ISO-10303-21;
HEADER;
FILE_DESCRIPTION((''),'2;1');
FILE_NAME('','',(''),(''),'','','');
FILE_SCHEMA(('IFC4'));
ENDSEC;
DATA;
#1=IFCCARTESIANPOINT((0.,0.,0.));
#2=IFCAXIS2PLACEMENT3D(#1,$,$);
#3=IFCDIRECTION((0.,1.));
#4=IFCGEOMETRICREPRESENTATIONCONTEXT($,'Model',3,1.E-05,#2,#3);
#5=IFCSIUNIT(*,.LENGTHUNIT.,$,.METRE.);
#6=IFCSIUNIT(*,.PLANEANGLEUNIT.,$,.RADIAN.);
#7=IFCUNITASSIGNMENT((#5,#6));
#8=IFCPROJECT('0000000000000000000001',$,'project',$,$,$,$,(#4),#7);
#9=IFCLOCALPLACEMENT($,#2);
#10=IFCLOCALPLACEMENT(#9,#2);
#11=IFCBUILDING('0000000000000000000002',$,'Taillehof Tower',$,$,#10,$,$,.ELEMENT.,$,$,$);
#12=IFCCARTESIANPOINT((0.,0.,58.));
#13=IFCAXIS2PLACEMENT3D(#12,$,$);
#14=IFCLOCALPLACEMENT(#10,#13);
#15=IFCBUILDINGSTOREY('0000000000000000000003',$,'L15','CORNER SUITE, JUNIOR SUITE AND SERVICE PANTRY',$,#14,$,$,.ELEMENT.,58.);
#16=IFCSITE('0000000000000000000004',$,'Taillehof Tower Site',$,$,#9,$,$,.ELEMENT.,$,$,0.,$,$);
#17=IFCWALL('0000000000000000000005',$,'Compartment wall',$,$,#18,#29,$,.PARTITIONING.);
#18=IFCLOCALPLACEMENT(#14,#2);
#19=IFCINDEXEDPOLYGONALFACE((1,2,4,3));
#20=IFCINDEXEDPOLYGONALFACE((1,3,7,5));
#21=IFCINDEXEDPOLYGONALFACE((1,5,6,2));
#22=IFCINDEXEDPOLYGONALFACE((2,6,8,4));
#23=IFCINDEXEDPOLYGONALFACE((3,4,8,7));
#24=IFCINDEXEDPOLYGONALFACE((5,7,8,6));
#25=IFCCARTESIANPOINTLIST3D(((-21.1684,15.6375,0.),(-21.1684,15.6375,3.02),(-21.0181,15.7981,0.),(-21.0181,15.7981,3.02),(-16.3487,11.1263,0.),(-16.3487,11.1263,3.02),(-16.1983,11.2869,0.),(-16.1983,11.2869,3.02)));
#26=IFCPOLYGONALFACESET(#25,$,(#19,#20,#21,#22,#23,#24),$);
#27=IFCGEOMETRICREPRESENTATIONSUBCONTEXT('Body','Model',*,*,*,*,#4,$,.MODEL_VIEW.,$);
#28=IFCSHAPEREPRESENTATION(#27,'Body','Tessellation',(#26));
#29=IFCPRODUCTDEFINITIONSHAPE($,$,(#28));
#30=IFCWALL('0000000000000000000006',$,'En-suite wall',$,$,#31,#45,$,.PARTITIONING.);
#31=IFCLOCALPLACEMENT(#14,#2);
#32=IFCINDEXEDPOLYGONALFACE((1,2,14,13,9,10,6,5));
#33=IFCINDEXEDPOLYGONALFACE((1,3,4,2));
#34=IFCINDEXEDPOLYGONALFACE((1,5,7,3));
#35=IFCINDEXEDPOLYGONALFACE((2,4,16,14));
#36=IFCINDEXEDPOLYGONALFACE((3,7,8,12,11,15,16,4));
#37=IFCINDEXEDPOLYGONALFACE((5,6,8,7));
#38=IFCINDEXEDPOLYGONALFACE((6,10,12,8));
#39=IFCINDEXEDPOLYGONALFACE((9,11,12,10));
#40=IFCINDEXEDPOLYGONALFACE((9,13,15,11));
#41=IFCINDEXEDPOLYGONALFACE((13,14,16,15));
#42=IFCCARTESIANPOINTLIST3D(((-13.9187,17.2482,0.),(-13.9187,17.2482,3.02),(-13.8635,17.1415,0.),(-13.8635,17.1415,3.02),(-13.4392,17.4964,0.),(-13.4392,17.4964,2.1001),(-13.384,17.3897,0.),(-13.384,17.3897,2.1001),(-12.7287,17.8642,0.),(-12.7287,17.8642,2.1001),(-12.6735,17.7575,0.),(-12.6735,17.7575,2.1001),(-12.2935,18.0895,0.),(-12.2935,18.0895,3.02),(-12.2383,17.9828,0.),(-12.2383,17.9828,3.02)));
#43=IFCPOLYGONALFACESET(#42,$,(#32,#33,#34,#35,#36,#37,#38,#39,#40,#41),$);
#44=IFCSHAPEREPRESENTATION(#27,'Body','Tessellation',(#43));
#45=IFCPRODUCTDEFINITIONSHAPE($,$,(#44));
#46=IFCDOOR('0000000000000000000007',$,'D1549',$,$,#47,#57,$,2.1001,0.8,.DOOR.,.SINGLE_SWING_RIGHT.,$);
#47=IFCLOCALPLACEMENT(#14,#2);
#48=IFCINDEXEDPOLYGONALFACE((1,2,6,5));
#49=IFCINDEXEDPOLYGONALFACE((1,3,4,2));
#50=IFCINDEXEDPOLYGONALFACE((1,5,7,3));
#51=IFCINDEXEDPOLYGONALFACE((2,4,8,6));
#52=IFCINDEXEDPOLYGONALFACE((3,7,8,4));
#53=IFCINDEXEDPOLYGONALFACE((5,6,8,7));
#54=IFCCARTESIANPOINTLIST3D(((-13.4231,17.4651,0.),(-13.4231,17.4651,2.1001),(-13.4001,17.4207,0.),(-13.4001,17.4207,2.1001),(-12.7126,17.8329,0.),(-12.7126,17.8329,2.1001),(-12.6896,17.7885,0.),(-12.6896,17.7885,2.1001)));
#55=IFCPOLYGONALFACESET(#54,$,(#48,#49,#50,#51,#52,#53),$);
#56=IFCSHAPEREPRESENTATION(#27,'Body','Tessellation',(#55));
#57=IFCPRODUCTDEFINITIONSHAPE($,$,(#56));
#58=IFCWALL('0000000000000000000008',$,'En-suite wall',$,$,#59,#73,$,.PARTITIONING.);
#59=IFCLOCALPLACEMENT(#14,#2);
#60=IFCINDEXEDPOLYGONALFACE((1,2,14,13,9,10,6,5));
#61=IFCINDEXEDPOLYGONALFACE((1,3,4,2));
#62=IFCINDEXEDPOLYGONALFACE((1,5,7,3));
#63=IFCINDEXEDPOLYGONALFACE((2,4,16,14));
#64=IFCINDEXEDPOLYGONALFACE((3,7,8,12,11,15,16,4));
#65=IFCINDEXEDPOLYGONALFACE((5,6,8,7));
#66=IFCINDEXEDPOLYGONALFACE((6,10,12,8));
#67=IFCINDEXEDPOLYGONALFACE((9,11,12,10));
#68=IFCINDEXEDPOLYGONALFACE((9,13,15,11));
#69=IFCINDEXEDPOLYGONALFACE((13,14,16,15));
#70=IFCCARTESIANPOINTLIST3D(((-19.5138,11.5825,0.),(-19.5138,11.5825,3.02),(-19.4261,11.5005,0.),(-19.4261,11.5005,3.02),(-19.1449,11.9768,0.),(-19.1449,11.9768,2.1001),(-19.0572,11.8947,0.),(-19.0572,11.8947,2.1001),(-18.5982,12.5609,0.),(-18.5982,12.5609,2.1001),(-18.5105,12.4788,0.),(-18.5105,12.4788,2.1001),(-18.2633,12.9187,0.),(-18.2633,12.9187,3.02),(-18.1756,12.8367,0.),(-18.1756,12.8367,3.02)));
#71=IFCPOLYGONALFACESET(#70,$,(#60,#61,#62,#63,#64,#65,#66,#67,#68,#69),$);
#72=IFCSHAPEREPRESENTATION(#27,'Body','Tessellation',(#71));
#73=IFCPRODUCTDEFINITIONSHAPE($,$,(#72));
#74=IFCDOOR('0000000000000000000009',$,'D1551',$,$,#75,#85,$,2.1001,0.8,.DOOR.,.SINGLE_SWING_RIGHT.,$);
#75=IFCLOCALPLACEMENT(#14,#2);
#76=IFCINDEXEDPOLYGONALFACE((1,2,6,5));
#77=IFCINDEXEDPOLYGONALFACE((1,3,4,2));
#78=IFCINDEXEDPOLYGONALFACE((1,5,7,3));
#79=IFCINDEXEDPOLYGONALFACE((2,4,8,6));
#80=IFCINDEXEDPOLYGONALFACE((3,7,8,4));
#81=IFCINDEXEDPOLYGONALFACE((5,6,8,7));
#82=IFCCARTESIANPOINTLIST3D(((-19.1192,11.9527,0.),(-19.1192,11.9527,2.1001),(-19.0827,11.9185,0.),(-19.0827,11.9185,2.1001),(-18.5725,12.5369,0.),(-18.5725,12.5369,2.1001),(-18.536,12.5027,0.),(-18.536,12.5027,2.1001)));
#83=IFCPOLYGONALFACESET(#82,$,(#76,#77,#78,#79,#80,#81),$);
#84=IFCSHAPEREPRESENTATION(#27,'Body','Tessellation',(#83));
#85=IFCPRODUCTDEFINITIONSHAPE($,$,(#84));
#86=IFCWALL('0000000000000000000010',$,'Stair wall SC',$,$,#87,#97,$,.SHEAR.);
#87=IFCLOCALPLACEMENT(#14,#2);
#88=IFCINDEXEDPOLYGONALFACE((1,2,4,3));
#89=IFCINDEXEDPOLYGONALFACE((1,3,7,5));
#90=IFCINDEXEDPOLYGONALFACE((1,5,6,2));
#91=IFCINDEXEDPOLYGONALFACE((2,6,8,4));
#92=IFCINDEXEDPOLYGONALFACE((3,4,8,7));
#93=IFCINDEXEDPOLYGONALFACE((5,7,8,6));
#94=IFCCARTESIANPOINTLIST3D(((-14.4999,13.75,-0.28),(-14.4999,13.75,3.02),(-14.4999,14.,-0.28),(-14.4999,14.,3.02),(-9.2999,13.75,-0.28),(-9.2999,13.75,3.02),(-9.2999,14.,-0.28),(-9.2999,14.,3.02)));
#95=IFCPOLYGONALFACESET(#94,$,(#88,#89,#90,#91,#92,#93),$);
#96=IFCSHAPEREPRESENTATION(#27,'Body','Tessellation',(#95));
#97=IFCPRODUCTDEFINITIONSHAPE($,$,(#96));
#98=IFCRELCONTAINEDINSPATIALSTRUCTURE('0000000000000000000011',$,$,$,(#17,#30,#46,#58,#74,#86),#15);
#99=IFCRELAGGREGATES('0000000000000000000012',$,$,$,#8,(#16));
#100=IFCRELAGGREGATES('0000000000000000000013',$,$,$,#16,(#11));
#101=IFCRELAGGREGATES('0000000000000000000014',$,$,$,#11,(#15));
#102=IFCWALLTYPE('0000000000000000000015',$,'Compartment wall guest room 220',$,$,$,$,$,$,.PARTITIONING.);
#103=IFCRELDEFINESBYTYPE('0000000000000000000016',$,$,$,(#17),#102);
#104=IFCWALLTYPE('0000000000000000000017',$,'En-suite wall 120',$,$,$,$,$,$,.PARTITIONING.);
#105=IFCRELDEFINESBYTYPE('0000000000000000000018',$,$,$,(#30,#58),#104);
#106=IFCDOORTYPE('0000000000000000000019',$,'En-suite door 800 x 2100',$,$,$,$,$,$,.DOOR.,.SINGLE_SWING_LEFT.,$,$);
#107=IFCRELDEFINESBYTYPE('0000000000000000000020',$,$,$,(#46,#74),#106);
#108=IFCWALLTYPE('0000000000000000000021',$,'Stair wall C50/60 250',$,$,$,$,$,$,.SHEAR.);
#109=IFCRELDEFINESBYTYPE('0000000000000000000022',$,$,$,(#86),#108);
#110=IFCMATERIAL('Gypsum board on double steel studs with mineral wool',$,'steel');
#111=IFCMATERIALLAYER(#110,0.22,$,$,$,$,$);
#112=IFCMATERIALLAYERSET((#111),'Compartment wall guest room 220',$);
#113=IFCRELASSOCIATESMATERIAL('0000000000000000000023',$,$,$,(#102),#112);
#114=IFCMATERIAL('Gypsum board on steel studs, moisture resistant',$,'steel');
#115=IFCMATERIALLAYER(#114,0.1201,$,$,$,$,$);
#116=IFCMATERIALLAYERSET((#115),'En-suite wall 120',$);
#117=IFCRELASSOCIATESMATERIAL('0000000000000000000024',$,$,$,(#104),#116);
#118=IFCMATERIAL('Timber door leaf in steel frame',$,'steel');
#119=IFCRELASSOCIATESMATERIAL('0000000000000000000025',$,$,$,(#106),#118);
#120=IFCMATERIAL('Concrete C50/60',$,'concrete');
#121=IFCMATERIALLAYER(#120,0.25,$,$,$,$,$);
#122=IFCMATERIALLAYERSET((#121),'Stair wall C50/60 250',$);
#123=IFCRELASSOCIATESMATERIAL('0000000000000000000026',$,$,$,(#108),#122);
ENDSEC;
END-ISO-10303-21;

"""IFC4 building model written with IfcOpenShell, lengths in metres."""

from ifc_helpers import new_model, si_unit, direction, frame, frame_2d, origin, place, context, subcontext, project, spatial, rectangle, extrude, material, layer, layer_set, type_object, element, fill, save


model = new_model("IFC4")

# Units and contexts
model_context = context("Model", 3, precision=1e-05, world=origin(), true_north=direction((0.0, 1.0)))
body_context = subcontext(model_context, "Body", "Model", "MODEL_VIEW")
ifc_project = project(units=[si_unit("LENGTHUNIT", "METRE"), si_unit("PLANEANGLEUNIT", "RADIAN")], contexts=[model_context])

# Site, building, storey
site_placement = place(None, origin())
site = spatial("IfcSite", under=ifc_project, at=site_placement, Name="Taillehof Tower Site", CompositionType="ELEMENT", RefElevation=0.0)
building_placement = place(site_placement, origin())
building = spatial("IfcBuilding", under=site, at=building_placement, Name="Taillehof Tower", CompositionType="ELEMENT")
storey_placement = place(building_placement, frame((0.0, 0.0, 58.0)))
storey = spatial("IfcBuildingStorey", under=building, at=storey_placement, Name="L15", Description="CORNER SUITE, JUNIOR SUITE AND SERVICE PANTRY", CompositionType="ELEMENT", Elevation=58.0)

# Wall
ifc_material_1 = material(Name="Gypsum board on double steel studs with mineral wool", Category="steel")
ifc_layer_1 = layer(ifc_material_1, 0.22)
ifc_layer_set_1 = layer_set([ifc_layer_1], Name="Compartment wall guest room 220")
wall_type_1 = type_object("IfcWallType", Name="Compartment wall guest room 220", PredefinedType="PARTITIONING", material=ifc_layer_set_1)
wall_1_placement = place(storey_placement, frame((-21.0933, 15.7178, 0.0), z_axis=(0.0, 0.0, 1.0), x_axis=(0.730093, -0.683348, 0.0)))
element("IfcWall", 1, at=wall_1_placement, inside=storey, type_object=wall_type_1, Name="Compartment wall", PredefinedType="PARTITIONING", context=body_context, shape_type="SweptSolid", body=[
    extrude(rectangle(XDim=6.6016, YDim=0.22, at=frame_2d((3.3008, 0.0))), origin(), (0.0, 0.0, 1.0), 3.02),
])

# Walls, openings, doors
ifc_material_2 = material(Name="Gypsum board on steel studs, moisture resistant", Category="steel")
ifc_layer_2 = layer(ifc_material_2, 0.1201)
ifc_layer_set_2 = layer_set([ifc_layer_2], Name="En-suite wall 120")
wall_type_2 = type_object("IfcWallType", Name="En-suite wall 120", PredefinedType="PARTITIONING", material=ifc_layer_set_2)
wall_2_placement = place(storey_placement, frame((-13.8911, 17.1948, 0.0), z_axis=(0.0, 0.0, 1.0), x_axis=(0.888069, 0.45971, 0.0)))
wall_2 = element("IfcWall", 2, at=wall_2_placement, inside=storey, type_object=wall_type_2, Name="En-suite wall", PredefinedType="PARTITIONING", context=body_context, shape_type="SweptSolid", body=[
    extrude(rectangle(XDim=1.8301, YDim=0.1201, at=frame_2d((0.915, 0.0))), origin(), (0.0, 0.0, 1.0), 3.02),
])
opening_1_placement = place(wall_2_placement, frame((0.54, 0.0, 0.0)))
opening_1 = element("IfcOpeningElement", 3, at=opening_1_placement, cuts=wall_2, PredefinedType="OPENING", context=body_context, shape_type="SweptSolid", body=[
    extrude(rectangle(XDim=0.8, YDim=2.1001, at=frame_2d((0.3999, 1.05))), frame((0.0, 0.0701, 0.0), z_axis=(0.0, -1.0, 0.0), x_axis=(1.0, 0.0, 0.0)), (0.0, 0.0, 1.0), 0.1401),
])
ifc_material_3 = material(Name="Timber door leaf in steel frame", Category="steel")
door_type_1 = type_object("IfcDoorType", Name="En-suite door 800 x 2100", OperationType="SINGLE_SWING_LEFT", PredefinedType="DOOR", material=ifc_material_3)
door_1_placement = place(opening_1_placement, origin())
door_1 = element("IfcDoor", 4, at=door_1_placement, inside=storey, type_object=door_type_1, Name="D1549", OperationType="SINGLE_SWING_RIGHT", OverallHeight=2.1001, OverallWidth=0.8, PredefinedType="DOOR", context=body_context, shape_type="SweptSolid", body=[
    extrude(rectangle(XDim=0.8, YDim=2.1001, at=frame_2d((0.3999, 1.05))), frame((0.0, 0.0249, 0.0), z_axis=(0.0, -1.0, 0.0), x_axis=(1.0, 0.0, 0.0)), (0.0, 0.0, 1.0), 0.05),
])
fill(opening_1, door_1)
wall_3_placement = place(storey_placement, frame((-19.47, 11.5415, 0.0), z_axis=(0.0, 0.0, 1.0), x_axis=(0.683306, 0.730132, 0.0)))
wall_3 = element("IfcWall", 5, at=wall_3_placement, inside=storey, type_object=wall_type_2, Name="En-suite wall", PredefinedType="PARTITIONING", context=body_context, shape_type="SweptSolid", body=[
    extrude(rectangle(XDim=1.8301, YDim=0.1201, at=frame_2d((0.915, 0.0))), origin(), (0.0, 0.0, 1.0), 3.02),
])
opening_2_placement = place(wall_3_placement, frame((0.54, 0.0, 0.0)))
opening_2 = element("IfcOpeningElement", 6, at=opening_2_placement, cuts=wall_3, PredefinedType="OPENING", context=body_context, shape_type="SweptSolid", body=[
    extrude(rectangle(XDim=0.8, YDim=2.1001, at=frame_2d((0.3999, 1.05))), frame((0.0, 0.0701, 0.0), z_axis=(0.0, -1.0, 0.0), x_axis=(1.0, 0.0, 0.0)), (0.0, 0.0, 1.0), 0.1401),
])
door_2_placement = place(opening_2_placement, origin())
door_2 = element("IfcDoor", 7, at=door_2_placement, inside=storey, type_object=door_type_1, Name="D1551", OperationType="SINGLE_SWING_RIGHT", OverallHeight=2.1001, OverallWidth=0.8, PredefinedType="DOOR", context=body_context, shape_type="SweptSolid", body=[
    extrude(rectangle(XDim=0.8, YDim=2.1001, at=frame_2d((0.3999, 1.05))), frame((0.0, 0.0249, 0.0), z_axis=(0.0, -1.0, 0.0), x_axis=(1.0, 0.0, 0.0)), (0.0, 0.0, 1.0), 0.05),
])
fill(opening_2, door_2)

# Wall
ifc_material_4 = material(Name="Concrete C50/60", Category="concrete")
ifc_layer_3 = layer(ifc_material_4, 0.25)
ifc_layer_set_3 = layer_set([ifc_layer_3], Name="Stair wall C50/60 250")
wall_type_3 = type_object("IfcWallType", Name="Stair wall C50/60 250", PredefinedType="SHEAR", material=ifc_layer_set_3)
wall_4_placement = place(storey_placement, frame((-14.5, 13.875, -0.28), z_axis=(0.0, 0.0, 1.0), x_axis=(1.0, 0.0, 0.0)))
element("IfcWall", 8, at=wall_4_placement, inside=storey, type_object=wall_type_3, Name="Stair wall SC", PredefinedType="SHEAR", context=body_context, shape_type="SweptSolid", body=[
    extrude(rectangle(XDim=5.2, YDim=0.25, at=frame_2d((2.6001, 0.0))), origin(), (0.0, 0.0, 1.0), 3.3),
])

save(model, "model.ifc")
